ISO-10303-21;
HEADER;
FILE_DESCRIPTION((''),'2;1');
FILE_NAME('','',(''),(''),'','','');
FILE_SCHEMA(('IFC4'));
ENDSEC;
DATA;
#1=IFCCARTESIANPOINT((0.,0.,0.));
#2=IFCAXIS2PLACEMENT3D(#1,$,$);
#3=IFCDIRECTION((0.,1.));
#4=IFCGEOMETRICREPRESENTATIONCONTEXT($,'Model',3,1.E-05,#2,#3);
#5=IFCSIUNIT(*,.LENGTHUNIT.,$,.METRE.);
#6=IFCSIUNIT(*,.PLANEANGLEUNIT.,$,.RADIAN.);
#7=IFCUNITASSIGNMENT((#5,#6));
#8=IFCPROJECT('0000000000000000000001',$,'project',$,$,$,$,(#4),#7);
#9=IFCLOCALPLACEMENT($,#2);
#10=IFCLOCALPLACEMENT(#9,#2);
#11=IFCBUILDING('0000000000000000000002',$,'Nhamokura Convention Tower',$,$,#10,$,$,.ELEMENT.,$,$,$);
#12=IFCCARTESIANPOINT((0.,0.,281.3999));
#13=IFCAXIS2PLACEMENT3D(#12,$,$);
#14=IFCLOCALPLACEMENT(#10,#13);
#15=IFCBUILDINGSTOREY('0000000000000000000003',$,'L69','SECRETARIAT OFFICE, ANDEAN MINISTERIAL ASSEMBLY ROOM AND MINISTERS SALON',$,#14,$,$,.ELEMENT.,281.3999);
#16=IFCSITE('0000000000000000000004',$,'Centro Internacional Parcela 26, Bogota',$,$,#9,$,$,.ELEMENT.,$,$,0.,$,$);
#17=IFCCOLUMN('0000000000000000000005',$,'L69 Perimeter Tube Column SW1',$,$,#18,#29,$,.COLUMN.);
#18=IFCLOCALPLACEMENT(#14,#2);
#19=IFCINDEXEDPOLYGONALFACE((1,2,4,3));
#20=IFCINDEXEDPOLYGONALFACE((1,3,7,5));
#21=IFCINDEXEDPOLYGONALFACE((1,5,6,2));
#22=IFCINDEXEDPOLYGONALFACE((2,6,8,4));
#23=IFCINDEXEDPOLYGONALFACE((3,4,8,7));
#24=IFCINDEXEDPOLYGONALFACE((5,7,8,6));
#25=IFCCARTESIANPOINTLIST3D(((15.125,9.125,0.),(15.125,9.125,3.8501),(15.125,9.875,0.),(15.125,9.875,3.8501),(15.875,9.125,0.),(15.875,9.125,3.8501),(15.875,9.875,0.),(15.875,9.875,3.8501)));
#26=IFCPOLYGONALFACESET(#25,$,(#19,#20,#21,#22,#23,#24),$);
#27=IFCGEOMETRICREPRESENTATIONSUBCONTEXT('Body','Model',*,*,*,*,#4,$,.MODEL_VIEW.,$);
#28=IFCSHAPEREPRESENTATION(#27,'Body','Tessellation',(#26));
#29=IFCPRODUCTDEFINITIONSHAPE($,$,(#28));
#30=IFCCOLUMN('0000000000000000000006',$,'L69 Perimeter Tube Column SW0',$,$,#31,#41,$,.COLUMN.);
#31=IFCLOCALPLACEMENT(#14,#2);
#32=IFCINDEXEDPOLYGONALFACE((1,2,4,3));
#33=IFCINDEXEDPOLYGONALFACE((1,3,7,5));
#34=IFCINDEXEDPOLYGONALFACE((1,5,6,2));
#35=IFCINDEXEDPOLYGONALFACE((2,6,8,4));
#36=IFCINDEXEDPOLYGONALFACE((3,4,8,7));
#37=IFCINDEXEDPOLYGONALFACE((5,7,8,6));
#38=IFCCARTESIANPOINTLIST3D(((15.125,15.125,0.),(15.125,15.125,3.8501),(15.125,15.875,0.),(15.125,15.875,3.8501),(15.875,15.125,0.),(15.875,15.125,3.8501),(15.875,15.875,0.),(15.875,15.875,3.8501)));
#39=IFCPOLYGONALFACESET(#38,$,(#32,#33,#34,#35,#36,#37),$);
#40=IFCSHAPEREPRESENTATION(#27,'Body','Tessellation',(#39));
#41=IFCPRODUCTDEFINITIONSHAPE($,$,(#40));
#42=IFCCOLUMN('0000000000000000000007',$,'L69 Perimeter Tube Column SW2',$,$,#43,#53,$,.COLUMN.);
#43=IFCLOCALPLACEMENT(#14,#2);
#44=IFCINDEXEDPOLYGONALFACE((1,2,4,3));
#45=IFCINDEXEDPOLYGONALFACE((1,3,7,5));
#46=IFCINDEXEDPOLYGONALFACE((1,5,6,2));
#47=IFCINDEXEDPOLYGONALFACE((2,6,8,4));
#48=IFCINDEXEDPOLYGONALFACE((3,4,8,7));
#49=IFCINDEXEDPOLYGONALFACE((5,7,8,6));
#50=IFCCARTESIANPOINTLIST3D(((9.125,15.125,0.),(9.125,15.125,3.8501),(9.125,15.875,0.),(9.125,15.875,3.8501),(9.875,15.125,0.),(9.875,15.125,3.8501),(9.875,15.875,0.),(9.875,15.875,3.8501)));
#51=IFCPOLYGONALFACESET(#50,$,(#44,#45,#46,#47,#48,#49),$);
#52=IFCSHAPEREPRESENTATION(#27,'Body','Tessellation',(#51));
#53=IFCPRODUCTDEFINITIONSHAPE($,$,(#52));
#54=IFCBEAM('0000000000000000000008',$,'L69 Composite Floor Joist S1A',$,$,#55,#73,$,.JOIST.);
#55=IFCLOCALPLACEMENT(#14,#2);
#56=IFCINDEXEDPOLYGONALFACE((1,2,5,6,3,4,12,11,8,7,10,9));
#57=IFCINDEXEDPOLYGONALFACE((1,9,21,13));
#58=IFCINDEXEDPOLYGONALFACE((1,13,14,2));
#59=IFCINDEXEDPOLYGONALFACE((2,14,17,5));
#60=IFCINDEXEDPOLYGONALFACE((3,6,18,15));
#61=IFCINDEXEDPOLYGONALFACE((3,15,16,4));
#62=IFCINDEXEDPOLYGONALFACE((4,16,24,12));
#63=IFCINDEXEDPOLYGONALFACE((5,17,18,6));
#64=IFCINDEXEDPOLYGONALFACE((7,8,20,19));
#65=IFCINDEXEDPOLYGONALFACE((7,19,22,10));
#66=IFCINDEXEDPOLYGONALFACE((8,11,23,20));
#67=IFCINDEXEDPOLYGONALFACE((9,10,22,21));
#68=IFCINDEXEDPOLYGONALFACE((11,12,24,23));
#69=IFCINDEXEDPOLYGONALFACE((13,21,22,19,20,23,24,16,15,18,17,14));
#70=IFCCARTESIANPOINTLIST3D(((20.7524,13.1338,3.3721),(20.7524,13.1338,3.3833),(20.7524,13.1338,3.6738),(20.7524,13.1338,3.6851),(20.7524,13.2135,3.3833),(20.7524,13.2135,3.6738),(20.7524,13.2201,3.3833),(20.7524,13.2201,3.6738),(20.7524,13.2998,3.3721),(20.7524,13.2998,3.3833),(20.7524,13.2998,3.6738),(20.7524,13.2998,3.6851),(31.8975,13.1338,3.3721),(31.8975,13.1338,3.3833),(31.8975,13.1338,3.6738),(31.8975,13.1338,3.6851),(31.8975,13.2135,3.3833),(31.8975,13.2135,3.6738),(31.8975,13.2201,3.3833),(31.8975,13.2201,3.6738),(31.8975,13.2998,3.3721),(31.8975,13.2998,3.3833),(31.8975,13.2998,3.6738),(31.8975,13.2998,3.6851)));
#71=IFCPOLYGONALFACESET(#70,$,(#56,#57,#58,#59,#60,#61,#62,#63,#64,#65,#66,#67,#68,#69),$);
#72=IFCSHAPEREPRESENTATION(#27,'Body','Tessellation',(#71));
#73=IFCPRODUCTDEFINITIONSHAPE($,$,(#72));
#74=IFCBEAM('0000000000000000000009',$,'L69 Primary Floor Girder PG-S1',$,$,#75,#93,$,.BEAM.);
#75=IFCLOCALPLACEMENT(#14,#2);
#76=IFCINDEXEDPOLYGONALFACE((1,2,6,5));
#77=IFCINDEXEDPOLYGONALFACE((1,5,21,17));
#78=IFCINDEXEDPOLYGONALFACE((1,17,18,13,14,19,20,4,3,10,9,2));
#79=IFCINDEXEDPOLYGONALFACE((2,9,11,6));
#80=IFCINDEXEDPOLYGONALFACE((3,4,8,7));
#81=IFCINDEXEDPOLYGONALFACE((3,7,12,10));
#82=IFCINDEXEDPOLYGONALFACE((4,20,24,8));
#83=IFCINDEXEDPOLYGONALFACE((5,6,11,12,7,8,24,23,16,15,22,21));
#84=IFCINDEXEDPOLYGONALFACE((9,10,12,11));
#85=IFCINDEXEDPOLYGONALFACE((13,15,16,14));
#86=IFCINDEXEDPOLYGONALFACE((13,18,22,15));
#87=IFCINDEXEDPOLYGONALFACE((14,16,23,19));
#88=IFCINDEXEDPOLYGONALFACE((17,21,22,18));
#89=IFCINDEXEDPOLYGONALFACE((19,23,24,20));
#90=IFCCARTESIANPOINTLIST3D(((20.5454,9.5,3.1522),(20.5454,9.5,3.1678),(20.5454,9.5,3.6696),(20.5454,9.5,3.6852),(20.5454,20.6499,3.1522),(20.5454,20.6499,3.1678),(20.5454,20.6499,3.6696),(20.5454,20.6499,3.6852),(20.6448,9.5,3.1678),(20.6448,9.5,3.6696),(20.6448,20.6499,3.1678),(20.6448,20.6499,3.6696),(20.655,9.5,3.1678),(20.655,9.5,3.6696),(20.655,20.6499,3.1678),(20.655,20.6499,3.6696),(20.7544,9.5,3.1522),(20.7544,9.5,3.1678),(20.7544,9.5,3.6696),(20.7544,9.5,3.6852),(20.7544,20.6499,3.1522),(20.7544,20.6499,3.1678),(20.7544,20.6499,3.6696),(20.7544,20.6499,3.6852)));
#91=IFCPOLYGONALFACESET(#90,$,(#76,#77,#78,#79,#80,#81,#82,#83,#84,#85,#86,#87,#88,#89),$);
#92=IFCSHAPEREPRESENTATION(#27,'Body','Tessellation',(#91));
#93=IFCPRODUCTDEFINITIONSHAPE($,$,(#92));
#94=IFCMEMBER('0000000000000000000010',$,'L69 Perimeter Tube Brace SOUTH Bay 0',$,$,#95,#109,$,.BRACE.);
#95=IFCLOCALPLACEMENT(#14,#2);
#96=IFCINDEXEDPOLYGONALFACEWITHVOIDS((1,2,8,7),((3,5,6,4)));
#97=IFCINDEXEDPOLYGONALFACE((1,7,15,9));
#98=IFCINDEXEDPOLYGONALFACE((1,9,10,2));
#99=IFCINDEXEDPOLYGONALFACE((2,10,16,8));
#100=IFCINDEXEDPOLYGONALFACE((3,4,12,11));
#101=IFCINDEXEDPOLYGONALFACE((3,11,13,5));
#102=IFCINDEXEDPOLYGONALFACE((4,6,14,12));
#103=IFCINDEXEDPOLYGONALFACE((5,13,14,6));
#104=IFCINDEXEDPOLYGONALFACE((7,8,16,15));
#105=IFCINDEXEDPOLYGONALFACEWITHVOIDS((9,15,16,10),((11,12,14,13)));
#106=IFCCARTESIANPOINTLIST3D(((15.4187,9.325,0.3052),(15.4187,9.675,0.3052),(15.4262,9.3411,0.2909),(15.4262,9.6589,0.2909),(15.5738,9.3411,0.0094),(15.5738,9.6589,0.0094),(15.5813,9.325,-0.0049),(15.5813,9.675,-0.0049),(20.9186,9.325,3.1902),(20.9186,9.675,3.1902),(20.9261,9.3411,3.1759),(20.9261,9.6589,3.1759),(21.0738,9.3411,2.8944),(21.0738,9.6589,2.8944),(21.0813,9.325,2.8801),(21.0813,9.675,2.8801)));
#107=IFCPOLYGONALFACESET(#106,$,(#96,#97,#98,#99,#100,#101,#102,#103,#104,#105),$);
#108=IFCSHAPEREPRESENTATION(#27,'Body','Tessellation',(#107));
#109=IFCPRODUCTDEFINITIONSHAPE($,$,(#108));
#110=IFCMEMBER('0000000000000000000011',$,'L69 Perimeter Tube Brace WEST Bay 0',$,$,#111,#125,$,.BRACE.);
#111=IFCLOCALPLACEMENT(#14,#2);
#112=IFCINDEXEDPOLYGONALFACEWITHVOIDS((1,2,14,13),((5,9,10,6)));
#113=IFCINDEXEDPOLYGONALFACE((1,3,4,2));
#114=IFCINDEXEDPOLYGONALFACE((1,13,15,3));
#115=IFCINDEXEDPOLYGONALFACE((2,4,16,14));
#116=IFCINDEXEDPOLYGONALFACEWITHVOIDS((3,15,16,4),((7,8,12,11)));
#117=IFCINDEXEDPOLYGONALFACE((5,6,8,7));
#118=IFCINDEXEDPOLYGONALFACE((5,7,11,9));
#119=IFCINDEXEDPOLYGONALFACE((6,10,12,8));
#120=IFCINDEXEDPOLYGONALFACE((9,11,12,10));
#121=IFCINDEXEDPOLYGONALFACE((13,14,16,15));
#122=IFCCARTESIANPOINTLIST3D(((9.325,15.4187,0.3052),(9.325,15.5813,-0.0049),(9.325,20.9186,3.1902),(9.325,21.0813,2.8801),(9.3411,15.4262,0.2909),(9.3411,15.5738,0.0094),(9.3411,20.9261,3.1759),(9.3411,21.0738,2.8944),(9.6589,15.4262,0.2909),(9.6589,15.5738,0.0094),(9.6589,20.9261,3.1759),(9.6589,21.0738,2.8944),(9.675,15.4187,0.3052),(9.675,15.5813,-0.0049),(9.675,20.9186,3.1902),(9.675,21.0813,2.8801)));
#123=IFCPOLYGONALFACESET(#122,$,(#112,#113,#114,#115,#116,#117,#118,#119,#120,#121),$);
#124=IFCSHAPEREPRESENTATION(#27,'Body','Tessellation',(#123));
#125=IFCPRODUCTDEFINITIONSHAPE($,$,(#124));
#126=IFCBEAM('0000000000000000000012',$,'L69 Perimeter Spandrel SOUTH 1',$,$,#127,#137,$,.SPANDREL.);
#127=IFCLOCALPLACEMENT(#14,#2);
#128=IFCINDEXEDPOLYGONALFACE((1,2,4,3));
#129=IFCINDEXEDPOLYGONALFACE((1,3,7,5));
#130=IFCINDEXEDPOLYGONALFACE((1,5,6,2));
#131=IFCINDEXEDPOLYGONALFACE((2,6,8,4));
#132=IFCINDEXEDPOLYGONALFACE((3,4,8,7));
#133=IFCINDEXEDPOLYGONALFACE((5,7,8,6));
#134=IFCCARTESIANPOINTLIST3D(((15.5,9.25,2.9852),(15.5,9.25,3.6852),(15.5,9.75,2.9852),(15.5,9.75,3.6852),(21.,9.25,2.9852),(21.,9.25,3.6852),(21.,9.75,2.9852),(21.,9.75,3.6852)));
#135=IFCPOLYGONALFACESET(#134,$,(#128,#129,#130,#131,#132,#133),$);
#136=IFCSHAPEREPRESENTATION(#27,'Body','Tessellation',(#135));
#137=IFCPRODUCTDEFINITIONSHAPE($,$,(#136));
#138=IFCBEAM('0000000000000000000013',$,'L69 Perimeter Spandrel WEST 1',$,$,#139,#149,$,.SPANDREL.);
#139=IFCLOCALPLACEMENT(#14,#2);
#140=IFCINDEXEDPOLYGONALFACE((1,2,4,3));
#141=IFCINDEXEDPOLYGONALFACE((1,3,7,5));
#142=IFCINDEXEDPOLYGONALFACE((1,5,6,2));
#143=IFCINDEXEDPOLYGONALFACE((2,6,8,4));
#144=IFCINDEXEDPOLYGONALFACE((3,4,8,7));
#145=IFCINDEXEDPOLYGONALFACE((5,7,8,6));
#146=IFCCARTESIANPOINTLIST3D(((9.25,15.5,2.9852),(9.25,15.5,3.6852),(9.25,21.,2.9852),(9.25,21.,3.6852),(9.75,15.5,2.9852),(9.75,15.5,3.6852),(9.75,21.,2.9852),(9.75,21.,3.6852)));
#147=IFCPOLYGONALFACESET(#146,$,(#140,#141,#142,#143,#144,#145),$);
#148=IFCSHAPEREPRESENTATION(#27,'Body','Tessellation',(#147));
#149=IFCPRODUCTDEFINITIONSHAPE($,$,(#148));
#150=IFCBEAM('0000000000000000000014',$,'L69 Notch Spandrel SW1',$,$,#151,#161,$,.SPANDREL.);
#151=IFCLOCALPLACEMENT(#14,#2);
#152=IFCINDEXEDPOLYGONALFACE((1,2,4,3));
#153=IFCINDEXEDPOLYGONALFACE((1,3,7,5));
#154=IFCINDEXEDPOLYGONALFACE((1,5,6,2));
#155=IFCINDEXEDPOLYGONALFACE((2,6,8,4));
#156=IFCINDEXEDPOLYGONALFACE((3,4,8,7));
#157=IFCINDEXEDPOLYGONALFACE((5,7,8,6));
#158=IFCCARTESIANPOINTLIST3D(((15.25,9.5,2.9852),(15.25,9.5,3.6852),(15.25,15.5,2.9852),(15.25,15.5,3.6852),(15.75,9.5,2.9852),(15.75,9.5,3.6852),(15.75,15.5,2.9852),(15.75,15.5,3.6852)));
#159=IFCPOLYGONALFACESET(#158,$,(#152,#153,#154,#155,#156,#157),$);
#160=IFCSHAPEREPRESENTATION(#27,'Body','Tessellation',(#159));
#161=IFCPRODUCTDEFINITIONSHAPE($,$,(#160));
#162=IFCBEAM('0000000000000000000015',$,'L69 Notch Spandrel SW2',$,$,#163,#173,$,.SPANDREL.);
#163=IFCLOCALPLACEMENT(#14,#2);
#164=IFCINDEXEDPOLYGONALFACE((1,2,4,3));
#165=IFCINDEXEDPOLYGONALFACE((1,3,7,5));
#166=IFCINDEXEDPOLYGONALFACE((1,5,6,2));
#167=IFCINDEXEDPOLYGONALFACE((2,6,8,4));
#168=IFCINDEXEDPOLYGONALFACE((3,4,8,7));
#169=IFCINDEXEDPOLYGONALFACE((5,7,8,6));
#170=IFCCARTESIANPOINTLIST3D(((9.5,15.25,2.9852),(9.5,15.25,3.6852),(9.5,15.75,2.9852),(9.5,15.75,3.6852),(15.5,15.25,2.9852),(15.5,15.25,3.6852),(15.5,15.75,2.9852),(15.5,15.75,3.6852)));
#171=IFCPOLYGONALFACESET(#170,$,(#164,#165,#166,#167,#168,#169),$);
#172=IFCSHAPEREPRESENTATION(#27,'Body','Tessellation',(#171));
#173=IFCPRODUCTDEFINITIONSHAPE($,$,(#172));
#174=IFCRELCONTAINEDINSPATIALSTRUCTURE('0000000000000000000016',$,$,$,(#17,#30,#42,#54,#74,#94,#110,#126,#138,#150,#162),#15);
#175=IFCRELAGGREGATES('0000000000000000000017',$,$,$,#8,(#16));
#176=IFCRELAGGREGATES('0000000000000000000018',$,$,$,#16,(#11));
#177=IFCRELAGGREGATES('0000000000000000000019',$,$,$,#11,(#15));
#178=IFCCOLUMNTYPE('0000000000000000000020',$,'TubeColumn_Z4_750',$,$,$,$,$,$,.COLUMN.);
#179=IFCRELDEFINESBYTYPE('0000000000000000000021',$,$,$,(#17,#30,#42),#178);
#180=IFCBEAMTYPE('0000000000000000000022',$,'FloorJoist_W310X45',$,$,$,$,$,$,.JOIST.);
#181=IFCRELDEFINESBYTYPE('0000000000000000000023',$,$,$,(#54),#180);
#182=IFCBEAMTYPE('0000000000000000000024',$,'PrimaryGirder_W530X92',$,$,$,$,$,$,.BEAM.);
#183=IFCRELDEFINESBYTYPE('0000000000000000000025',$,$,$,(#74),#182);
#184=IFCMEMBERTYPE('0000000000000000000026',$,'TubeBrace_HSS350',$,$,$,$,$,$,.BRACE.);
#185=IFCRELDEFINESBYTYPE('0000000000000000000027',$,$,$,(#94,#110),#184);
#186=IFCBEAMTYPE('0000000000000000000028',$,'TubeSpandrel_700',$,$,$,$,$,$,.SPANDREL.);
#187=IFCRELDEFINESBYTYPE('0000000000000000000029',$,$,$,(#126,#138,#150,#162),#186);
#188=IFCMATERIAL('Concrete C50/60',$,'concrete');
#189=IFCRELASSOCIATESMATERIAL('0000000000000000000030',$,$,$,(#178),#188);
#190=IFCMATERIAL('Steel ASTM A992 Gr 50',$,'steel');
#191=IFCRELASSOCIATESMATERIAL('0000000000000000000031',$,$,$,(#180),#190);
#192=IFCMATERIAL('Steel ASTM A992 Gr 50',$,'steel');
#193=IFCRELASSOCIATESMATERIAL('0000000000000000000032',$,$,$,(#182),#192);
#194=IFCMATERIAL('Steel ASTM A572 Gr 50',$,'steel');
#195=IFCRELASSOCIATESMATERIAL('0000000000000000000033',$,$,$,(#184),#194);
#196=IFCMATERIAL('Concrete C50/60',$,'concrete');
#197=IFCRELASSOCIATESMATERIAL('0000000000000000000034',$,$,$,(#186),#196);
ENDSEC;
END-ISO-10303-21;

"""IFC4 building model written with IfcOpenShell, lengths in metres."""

from ifc_helpers import new_model, si_unit, direction, frame, origin, origin_2d, place, context, subcontext, project, spatial, rectangle, hollow_rectangle, i_section, extrude, material, material_profile, profile_set, type_object, element, save


model = new_model("IFC4")

# Units and contexts
model_context = context("Model", 3, precision=1e-05, world=origin(), true_north=direction((0.0, 1.0)))
body_context = subcontext(model_context, "Body", "Model", "MODEL_VIEW")
ifc_project = project(units=[si_unit("LENGTHUNIT", "METRE"), si_unit("PLANEANGLEUNIT", "RADIAN")], contexts=[model_context])

# Site, building, storey
site_placement = place(None, origin())
site = spatial("IfcSite", under=ifc_project, at=site_placement, Name="Centro Internacional Parcela 26, Bogota", CompositionType="ELEMENT", RefElevation=0.0)
building_placement = place(site_placement, origin())
building = spatial("IfcBuilding", under=site, at=building_placement, Name="Nhamokura Convention Tower", CompositionType="ELEMENT")
storey_placement = place(building_placement, frame((0.0, 0.0, 281.3999)))
storey = spatial("IfcBuildingStorey", under=building, at=storey_placement, Name="L69", Description="SECRETARIAT OFFICE, ANDEAN MINISTERIAL ASSEMBLY ROOM AND MINISTERS SALON", CompositionType="ELEMENT", Elevation=281.3999)

# Columns
ifc_material_1 = material(Name="Concrete C50/60", Category="concrete")
ifc_material_profile_1 = material_profile(ifc_material_1, rectangle(XDim=0.75, YDim=0.75, at=origin_2d()))
ifc_profile_set_1 = profile_set([ifc_material_profile_1], Name="Concrete C50/60")
column_type = type_object("IfcColumnType", Name="TubeColumn_Z4_750", PredefinedType="COLUMN", material=ifc_profile_set_1)
for number, where, z_axis, x_axis, name in (
    (1, (15.5, 9.5, 0.0), (0.0, 0.0, 1.0), (1.0, 0.0, 0.0), "L69 Perimeter Tube Column SW1"),
    (2, (15.5, 15.5, 0.0), (0.0, 0.0, 1.0), (1.0, 0.0, 0.0), "L69 Perimeter Tube Column SW0"),
    (3, (9.5, 15.5, 0.0), (0.0, 0.0, 1.0), (1.0, 0.0, 0.0), "L69 Perimeter Tube Column SW2"),
):
    element("IfcColumn", number, at=place(storey_placement, frame(where, z_axis=z_axis, x_axis=x_axis)), inside=storey, type_object=column_type, Name=name, PredefinedType="COLUMN", context=body_context, shape_type="SweptSolid", body=[
        extrude(rectangle(XDim=0.75, YDim=0.75, at=origin_2d()), origin(), (0.0, 0.0, 1.0), 3.8501),
    ])

# Beams
ifc_material_2 = material(Name="Steel ASTM A992 Gr 50", Category="steel")
ifc_material_profile_2 = material_profile(ifc_material_2, i_section(OverallWidth=0.166, OverallDepth=0.313, WebThickness=0.0066, FlangeThickness=0.0112, at=origin_2d()))
ifc_profile_set_2 = profile_set([ifc_material_profile_2], Name="Steel ASTM A992 Gr 50")
beam_type_1 = type_object("IfcBeamType", Name="FloorJoist_W310X45", PredefinedType="JOIST", material=ifc_profile_set_2)
beam_1_placement = place(storey_placement, frame((20.7524, 13.2168, 3.5286), z_axis=(1.0, 0.0, 0.0), x_axis=(0.0, 1.0, 0.0)))
element("IfcBeam", 4, at=beam_1_placement, inside=storey, type_object=beam_type_1, Name="L69 Composite Floor Joist S1A", PredefinedType="JOIST", context=body_context, shape_type="SweptSolid", body=[
    extrude(i_section(OverallWidth=0.166, OverallDepth=0.313, WebThickness=0.0066, FlangeThickness=0.0112, at=origin_2d()), origin(), (0.0, 0.0, 1.0), 11.145),
])
ifc_material_3 = material(Name="Steel ASTM A992 Gr 50", Category="steel")
ifc_material_profile_3 = material_profile(ifc_material_3, i_section(OverallWidth=0.209, OverallDepth=0.533, WebThickness=0.0103, FlangeThickness=0.0156, at=origin_2d()))
ifc_profile_set_3 = profile_set([ifc_material_profile_3], Name="Steel ASTM A992 Gr 50")
beam_type_2 = type_object("IfcBeamType", Name="PrimaryGirder_W530X92", PredefinedType="BEAM", material=ifc_profile_set_3)
beam_2_placement = place(storey_placement, frame((20.6499, 9.5, 3.4187), z_axis=(0.0, 1.0, 0.0), x_axis=(-1.0, 0.0, 0.0)))
element("IfcBeam", 5, at=beam_2_placement, inside=storey, type_object=beam_type_2, Name="L69 Primary Floor Girder PG-S1", PredefinedType="BEAM", context=body_context, shape_type="SweptSolid", body=[
    extrude(i_section(OverallWidth=0.209, OverallDepth=0.533, WebThickness=0.0103, FlangeThickness=0.0156, at=origin_2d()), origin(), (0.0, 0.0, 1.0), 11.1499),
])

# Members
ifc_material_4 = material(Name="Steel ASTM A572 Gr 50", Category="steel")
ifc_material_profile_4 = material_profile(ifc_material_4, hollow_rectangle(XDim=0.3501, YDim=0.3501, WallThickness=0.0161, at=origin_2d()))
ifc_profile_set_4 = profile_set([ifc_material_profile_4], Name="Steel ASTM A572 Gr 50")
member_type = type_object("IfcMemberType", Name="TubeBrace_HSS350", PredefinedType="BRACE", material=ifc_profile_set_4)
for number, where, z_axis, x_axis, name in (
    (6, (15.5, 9.5, 0.1501), (0.885563, 0.0, 0.46452), (0.0, 1.0, 0.0), "L69 Perimeter Tube Brace SOUTH Bay 0"),
    (7, (9.5, 15.5, 0.1501), (0.0, 0.885563, 0.46452), (-1.0, 0.0, 0.0), "L69 Perimeter Tube Brace WEST Bay 0"),
):
    element("IfcMember", number, at=place(storey_placement, frame(where, z_axis=z_axis, x_axis=x_axis)), inside=storey, type_object=member_type, Name=name, PredefinedType="BRACE", context=body_context, shape_type="SweptSolid", body=[
        extrude(hollow_rectangle(XDim=0.3501, YDim=0.3501, WallThickness=0.0161, at=origin_2d()), origin(), (0.0, 0.0, 1.0), 6.2107),
    ])

# Beams
ifc_material_5 = material(Name="Concrete C50/60", Category="concrete")
ifc_material_profile_5 = material_profile(ifc_material_5, rectangle(XDim=0.5, YDim=0.7, at=origin_2d()))
ifc_profile_set_5 = profile_set([ifc_material_profile_5], Name="Concrete C50/60")
beam_type_3 = type_object("IfcBeamType", Name="TubeSpandrel_700", PredefinedType="SPANDREL", material=ifc_profile_set_5)
for number, where, z_axis, x_axis, name in (
    (8, (15.5, 9.5, 3.3352), (1.0, 0.0, 0.0), (0.0, 1.0, 0.0), "L69 Perimeter Spandrel SOUTH 1"),
    (9, (9.5, 15.5, 3.3352), (0.0, 1.0, 0.0), (-1.0, 0.0, 0.0), "L69 Perimeter Spandrel WEST 1"),
):
    element("IfcBeam", number, at=place(storey_placement, frame(where, z_axis=z_axis, x_axis=x_axis)), inside=storey, type_object=beam_type_3, Name=name, PredefinedType="SPANDREL", context=body_context, shape_type="SweptSolid", body=[
        extrude(rectangle(XDim=0.5, YDim=0.7, at=origin_2d()), origin(), (0.0, 0.0, 1.0), 5.5),
    ])
for number, where, z_axis, x_axis, name in (
    (10, (15.5, 9.5, 3.3352), (0.0, 1.0, 0.0), (-1.0, 0.0, 0.0), "L69 Notch Spandrel SW1"),
    (11, (15.5, 15.5, 3.3352), (-1.0, 0.0, 0.0), (0.0, -1.0, 0.0), "L69 Notch Spandrel SW2"),
):
    element("IfcBeam", number, at=place(storey_placement, frame(where, z_axis=z_axis, x_axis=x_axis)), inside=storey, type_object=beam_type_3, Name=name, PredefinedType="SPANDREL", context=body_context, shape_type="SweptSolid", body=[
        extrude(rectangle(XDim=0.5, YDim=0.7, at=origin_2d()), origin(), (0.0, 0.0, 1.0), 6.0),
    ])

save(model, "model.ifc")
